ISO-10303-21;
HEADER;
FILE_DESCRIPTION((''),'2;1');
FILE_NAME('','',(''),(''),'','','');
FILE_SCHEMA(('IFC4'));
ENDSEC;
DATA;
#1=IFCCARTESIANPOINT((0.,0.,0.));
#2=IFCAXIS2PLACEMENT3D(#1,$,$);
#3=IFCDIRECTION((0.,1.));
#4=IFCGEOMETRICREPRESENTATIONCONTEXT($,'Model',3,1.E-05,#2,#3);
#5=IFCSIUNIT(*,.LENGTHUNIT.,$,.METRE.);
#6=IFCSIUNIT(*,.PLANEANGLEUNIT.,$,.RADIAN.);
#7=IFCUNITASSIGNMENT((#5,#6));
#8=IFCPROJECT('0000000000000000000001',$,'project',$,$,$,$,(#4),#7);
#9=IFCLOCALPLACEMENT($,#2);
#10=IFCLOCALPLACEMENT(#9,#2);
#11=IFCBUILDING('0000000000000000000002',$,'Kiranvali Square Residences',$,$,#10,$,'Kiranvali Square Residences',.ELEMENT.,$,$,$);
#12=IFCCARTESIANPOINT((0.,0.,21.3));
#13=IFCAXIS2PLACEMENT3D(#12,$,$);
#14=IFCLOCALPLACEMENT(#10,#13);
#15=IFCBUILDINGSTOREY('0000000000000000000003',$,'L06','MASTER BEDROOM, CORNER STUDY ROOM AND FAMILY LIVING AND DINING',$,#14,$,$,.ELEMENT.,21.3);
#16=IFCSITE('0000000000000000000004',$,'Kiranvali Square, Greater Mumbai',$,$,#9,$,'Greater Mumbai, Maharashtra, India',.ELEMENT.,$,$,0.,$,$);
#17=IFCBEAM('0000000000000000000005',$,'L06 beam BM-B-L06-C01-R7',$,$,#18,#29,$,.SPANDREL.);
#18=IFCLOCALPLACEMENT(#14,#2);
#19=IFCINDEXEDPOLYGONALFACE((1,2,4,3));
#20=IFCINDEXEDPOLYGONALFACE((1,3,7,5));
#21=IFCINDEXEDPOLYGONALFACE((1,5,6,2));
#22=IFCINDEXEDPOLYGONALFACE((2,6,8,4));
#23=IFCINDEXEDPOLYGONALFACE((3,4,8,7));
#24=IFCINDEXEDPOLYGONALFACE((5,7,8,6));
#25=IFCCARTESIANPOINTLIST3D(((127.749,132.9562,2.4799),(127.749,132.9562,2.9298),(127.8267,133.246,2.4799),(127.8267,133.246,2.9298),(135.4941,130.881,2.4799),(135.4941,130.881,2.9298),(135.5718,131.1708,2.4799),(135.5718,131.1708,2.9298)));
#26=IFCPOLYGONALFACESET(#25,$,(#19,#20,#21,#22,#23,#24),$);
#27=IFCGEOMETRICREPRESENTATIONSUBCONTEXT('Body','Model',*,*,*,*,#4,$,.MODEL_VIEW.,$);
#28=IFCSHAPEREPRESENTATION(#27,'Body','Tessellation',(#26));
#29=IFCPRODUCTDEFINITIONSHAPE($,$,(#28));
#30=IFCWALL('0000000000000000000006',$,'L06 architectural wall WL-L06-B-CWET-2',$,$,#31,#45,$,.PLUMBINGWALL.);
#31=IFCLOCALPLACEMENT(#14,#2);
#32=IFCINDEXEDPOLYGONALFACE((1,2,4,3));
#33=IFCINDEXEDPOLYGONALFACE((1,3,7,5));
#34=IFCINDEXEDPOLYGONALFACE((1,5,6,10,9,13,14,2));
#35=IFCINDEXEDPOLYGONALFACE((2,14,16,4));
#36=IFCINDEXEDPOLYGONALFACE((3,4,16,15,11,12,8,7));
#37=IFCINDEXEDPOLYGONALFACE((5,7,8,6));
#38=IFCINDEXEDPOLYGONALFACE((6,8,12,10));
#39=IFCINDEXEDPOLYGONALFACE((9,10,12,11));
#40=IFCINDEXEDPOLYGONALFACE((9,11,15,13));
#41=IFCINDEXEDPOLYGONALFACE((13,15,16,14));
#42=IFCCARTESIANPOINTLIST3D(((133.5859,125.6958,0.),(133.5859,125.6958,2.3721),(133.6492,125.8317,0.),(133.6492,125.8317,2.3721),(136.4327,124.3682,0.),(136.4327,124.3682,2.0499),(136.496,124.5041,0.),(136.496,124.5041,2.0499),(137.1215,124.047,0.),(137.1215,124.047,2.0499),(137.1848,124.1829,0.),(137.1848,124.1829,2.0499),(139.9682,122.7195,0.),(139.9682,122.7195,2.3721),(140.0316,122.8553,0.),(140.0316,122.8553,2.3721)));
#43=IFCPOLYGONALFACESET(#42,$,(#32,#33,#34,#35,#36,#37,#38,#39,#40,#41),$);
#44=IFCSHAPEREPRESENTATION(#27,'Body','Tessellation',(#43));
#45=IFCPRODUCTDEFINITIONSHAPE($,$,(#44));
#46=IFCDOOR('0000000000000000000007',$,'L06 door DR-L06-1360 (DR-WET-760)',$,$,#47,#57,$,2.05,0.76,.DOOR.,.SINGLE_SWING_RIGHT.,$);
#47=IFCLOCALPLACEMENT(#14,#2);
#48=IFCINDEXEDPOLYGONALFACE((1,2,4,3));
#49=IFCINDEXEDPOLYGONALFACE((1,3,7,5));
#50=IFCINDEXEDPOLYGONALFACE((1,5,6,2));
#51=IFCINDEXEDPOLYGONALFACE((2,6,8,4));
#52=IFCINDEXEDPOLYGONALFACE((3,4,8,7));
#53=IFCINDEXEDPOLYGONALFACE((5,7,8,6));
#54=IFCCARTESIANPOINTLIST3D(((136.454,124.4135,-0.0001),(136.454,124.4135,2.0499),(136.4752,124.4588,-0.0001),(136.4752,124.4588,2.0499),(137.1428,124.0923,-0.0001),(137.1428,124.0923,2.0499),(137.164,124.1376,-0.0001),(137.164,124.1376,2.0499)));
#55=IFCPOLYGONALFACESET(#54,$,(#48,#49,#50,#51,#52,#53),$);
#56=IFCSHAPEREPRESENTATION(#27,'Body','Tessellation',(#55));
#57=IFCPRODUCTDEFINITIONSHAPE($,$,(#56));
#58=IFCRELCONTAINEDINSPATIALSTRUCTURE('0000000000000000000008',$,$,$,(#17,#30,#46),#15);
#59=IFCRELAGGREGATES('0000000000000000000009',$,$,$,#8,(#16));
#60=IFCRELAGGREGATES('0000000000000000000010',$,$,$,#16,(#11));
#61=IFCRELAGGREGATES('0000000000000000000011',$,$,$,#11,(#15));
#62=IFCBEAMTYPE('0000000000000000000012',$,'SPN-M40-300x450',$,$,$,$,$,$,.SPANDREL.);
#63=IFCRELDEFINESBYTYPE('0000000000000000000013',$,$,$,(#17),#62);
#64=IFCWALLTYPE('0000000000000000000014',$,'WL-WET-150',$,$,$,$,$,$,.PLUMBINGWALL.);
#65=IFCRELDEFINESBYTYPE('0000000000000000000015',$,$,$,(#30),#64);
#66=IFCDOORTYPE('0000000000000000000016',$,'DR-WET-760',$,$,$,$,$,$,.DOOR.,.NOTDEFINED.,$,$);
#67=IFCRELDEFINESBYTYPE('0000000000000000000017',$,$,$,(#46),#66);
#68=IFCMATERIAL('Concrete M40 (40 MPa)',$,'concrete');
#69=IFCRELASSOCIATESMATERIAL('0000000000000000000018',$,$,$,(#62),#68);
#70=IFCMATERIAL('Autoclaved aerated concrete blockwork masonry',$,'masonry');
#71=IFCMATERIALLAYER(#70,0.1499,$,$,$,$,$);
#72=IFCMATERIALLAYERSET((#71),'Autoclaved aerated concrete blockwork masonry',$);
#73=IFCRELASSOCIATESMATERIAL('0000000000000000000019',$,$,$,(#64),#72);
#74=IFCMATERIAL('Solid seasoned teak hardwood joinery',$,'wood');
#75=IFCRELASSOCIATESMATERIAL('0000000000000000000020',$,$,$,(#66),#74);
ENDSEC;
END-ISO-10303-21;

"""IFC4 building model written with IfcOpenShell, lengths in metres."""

from ifc_helpers import new_model, si_unit, direction, frame, frame_2d, origin, origin_2d, place, context, subcontext, project, spatial, rectangle, extrude, material, layer, layer_set, material_profile, profile_set, type_object, element, fill, save


model = new_model("IFC4")

# Units and contexts
model_context = context("Model", 3, precision=1e-05, world=origin(), true_north=direction((0.0, 1.0)))
body_context = subcontext(model_context, "Body", "Model", "MODEL_VIEW")
ifc_project = project(units=[si_unit("LENGTHUNIT", "METRE"), si_unit("PLANEANGLEUNIT", "RADIAN")], contexts=[model_context])

# Site, building, storey
site_placement = place(None, origin())
site = spatial("IfcSite", under=ifc_project, at=site_placement, Name="Kiranvali Square, Greater Mumbai", LongName="Greater Mumbai, Maharashtra, India", CompositionType="ELEMENT", RefElevation=0.0)
building_placement = place(site_placement, origin())
building = spatial("IfcBuilding", under=site, at=building_placement, Name="Kiranvali Square Residences", LongName="Kiranvali Square Residences", CompositionType="ELEMENT")
storey_placement = place(building_placement, frame((0.0, 0.0, 21.3)))
storey = spatial("IfcBuildingStorey", under=building, at=storey_placement, Name="L06", Description="MASTER BEDROOM, CORNER STUDY ROOM AND FAMILY LIVING AND DINING", CompositionType="ELEMENT", Elevation=21.3)

# Beam
ifc_material_1 = material(Name="Concrete M40 (40 MPa)", Category="concrete")
ifc_material_profile_1 = material_profile(ifc_material_1, rectangle(XDim=0.3, YDim=0.45, at=origin_2d()), Name="RC 300x450")
ifc_profile_set_1 = profile_set([ifc_material_profile_1], Name="Concrete M40 (40 MPa)")
beam_type_1 = type_object("IfcBeamType", Name="SPN-M40-300x450", PredefinedType="SPANDREL", material=ifc_profile_set_1)
beam_1_placement = place(storey_placement, frame((127.7878, 133.1011, 2.7048), z_axis=(0.965929, -0.258807, 0.0), x_axis=(0.258807, 0.965929, 0.0)))
element("IfcBeam", 1, at=beam_1_placement, inside=storey, type_object=beam_type_1, Name="L06 beam BM-B-L06-C01-R7", PredefinedType="SPANDREL", context=body_context, shape_type="SweptSolid", body=[
    extrude(rectangle(XDim=0.3, YDim=0.45, at=origin_2d()), origin(), (0.0, 0.0, 1.0), 8.0183),
])

# Wall, opening, door
ifc_material_2 = material(Name="Autoclaved aerated concrete blockwork masonry", Category="masonry")
ifc_layer_1 = layer(ifc_material_2, 0.1499)
ifc_layer_set_1 = layer_set([ifc_layer_1], Name="Autoclaved aerated concrete blockwork masonry")
wall_type_1 = type_object("IfcWallType", Name="WL-WET-150", PredefinedType="PLUMBINGWALL", material=ifc_layer_set_1)
wall_1_placement = place(storey_placement, frame((133.6177, 125.7637, 0.0), z_axis=(0.0, 0.0, 1.0), x_axis=(0.906297, -0.422641, 0.0)))
wall_1 = element("IfcWall", 2, at=wall_1_placement, inside=storey, type_object=wall_type_1, Name="L06 architectural wall WL-L06-B-CWET-2", PredefinedType="PLUMBINGWALL", context=body_context, shape_type="SweptSolid", body=[
    extrude(rectangle(XDim=7.0422, YDim=0.1499, at=frame_2d((3.521, 0.0))), origin(), (0.0, 0.0, 1.0), 2.3721),
])
opening_1_placement = place(wall_1_placement, frame((3.1411, 0.0, 0.0)))
opening_1 = element("IfcOpeningElement", 3, at=opening_1_placement, cuts=wall_1, PredefinedType="OPENING", context=body_context, shape_type="SweptSolid", body=[
    extrude(rectangle(XDim=0.76, YDim=2.05, at=frame_2d((0.3799, 1.0249))), frame((0.0, 0.085, 0.0), z_axis=(0.0, -1.0, 0.0), x_axis=(1.0, 0.0, 0.0)), (0.0, 0.0, 1.0), 0.1699),
])
ifc_material_3 = material(Name="Solid seasoned teak hardwood joinery", Category="wood")
door_type_1 = type_object("IfcDoorType", Name="DR-WET-760", OperationType="NOTDEFINED", PredefinedType="DOOR", material=ifc_material_3)
door_1_placement = place(opening_1_placement, frame((0.76, 0.0, 0.0), z_axis=(0.0, 0.0, 1.0), x_axis=(-1.0, 0.0, 0.0)))
door_1 = element("IfcDoor", 4, at=door_1_placement, inside=storey, type_object=door_type_1, Name="L06 door DR-L06-1360 (DR-WET-760)", OperationType="SINGLE_SWING_RIGHT", OverallHeight=2.05, OverallWidth=0.76, PredefinedType="DOOR", context=body_context, shape_type="SweptSolid", body=[
    extrude(rectangle(XDim=0.76, YDim=2.05, at=frame_2d((0.3799, 1.0249))), frame((0.0, 0.0249, 0.0), z_axis=(0.0, -1.0, 0.0), x_axis=(1.0, 0.0, 0.0)), (0.0, 0.0, 1.0), 0.05),
])
fill(opening_1, door_1)

save(model, "model.ifc")
